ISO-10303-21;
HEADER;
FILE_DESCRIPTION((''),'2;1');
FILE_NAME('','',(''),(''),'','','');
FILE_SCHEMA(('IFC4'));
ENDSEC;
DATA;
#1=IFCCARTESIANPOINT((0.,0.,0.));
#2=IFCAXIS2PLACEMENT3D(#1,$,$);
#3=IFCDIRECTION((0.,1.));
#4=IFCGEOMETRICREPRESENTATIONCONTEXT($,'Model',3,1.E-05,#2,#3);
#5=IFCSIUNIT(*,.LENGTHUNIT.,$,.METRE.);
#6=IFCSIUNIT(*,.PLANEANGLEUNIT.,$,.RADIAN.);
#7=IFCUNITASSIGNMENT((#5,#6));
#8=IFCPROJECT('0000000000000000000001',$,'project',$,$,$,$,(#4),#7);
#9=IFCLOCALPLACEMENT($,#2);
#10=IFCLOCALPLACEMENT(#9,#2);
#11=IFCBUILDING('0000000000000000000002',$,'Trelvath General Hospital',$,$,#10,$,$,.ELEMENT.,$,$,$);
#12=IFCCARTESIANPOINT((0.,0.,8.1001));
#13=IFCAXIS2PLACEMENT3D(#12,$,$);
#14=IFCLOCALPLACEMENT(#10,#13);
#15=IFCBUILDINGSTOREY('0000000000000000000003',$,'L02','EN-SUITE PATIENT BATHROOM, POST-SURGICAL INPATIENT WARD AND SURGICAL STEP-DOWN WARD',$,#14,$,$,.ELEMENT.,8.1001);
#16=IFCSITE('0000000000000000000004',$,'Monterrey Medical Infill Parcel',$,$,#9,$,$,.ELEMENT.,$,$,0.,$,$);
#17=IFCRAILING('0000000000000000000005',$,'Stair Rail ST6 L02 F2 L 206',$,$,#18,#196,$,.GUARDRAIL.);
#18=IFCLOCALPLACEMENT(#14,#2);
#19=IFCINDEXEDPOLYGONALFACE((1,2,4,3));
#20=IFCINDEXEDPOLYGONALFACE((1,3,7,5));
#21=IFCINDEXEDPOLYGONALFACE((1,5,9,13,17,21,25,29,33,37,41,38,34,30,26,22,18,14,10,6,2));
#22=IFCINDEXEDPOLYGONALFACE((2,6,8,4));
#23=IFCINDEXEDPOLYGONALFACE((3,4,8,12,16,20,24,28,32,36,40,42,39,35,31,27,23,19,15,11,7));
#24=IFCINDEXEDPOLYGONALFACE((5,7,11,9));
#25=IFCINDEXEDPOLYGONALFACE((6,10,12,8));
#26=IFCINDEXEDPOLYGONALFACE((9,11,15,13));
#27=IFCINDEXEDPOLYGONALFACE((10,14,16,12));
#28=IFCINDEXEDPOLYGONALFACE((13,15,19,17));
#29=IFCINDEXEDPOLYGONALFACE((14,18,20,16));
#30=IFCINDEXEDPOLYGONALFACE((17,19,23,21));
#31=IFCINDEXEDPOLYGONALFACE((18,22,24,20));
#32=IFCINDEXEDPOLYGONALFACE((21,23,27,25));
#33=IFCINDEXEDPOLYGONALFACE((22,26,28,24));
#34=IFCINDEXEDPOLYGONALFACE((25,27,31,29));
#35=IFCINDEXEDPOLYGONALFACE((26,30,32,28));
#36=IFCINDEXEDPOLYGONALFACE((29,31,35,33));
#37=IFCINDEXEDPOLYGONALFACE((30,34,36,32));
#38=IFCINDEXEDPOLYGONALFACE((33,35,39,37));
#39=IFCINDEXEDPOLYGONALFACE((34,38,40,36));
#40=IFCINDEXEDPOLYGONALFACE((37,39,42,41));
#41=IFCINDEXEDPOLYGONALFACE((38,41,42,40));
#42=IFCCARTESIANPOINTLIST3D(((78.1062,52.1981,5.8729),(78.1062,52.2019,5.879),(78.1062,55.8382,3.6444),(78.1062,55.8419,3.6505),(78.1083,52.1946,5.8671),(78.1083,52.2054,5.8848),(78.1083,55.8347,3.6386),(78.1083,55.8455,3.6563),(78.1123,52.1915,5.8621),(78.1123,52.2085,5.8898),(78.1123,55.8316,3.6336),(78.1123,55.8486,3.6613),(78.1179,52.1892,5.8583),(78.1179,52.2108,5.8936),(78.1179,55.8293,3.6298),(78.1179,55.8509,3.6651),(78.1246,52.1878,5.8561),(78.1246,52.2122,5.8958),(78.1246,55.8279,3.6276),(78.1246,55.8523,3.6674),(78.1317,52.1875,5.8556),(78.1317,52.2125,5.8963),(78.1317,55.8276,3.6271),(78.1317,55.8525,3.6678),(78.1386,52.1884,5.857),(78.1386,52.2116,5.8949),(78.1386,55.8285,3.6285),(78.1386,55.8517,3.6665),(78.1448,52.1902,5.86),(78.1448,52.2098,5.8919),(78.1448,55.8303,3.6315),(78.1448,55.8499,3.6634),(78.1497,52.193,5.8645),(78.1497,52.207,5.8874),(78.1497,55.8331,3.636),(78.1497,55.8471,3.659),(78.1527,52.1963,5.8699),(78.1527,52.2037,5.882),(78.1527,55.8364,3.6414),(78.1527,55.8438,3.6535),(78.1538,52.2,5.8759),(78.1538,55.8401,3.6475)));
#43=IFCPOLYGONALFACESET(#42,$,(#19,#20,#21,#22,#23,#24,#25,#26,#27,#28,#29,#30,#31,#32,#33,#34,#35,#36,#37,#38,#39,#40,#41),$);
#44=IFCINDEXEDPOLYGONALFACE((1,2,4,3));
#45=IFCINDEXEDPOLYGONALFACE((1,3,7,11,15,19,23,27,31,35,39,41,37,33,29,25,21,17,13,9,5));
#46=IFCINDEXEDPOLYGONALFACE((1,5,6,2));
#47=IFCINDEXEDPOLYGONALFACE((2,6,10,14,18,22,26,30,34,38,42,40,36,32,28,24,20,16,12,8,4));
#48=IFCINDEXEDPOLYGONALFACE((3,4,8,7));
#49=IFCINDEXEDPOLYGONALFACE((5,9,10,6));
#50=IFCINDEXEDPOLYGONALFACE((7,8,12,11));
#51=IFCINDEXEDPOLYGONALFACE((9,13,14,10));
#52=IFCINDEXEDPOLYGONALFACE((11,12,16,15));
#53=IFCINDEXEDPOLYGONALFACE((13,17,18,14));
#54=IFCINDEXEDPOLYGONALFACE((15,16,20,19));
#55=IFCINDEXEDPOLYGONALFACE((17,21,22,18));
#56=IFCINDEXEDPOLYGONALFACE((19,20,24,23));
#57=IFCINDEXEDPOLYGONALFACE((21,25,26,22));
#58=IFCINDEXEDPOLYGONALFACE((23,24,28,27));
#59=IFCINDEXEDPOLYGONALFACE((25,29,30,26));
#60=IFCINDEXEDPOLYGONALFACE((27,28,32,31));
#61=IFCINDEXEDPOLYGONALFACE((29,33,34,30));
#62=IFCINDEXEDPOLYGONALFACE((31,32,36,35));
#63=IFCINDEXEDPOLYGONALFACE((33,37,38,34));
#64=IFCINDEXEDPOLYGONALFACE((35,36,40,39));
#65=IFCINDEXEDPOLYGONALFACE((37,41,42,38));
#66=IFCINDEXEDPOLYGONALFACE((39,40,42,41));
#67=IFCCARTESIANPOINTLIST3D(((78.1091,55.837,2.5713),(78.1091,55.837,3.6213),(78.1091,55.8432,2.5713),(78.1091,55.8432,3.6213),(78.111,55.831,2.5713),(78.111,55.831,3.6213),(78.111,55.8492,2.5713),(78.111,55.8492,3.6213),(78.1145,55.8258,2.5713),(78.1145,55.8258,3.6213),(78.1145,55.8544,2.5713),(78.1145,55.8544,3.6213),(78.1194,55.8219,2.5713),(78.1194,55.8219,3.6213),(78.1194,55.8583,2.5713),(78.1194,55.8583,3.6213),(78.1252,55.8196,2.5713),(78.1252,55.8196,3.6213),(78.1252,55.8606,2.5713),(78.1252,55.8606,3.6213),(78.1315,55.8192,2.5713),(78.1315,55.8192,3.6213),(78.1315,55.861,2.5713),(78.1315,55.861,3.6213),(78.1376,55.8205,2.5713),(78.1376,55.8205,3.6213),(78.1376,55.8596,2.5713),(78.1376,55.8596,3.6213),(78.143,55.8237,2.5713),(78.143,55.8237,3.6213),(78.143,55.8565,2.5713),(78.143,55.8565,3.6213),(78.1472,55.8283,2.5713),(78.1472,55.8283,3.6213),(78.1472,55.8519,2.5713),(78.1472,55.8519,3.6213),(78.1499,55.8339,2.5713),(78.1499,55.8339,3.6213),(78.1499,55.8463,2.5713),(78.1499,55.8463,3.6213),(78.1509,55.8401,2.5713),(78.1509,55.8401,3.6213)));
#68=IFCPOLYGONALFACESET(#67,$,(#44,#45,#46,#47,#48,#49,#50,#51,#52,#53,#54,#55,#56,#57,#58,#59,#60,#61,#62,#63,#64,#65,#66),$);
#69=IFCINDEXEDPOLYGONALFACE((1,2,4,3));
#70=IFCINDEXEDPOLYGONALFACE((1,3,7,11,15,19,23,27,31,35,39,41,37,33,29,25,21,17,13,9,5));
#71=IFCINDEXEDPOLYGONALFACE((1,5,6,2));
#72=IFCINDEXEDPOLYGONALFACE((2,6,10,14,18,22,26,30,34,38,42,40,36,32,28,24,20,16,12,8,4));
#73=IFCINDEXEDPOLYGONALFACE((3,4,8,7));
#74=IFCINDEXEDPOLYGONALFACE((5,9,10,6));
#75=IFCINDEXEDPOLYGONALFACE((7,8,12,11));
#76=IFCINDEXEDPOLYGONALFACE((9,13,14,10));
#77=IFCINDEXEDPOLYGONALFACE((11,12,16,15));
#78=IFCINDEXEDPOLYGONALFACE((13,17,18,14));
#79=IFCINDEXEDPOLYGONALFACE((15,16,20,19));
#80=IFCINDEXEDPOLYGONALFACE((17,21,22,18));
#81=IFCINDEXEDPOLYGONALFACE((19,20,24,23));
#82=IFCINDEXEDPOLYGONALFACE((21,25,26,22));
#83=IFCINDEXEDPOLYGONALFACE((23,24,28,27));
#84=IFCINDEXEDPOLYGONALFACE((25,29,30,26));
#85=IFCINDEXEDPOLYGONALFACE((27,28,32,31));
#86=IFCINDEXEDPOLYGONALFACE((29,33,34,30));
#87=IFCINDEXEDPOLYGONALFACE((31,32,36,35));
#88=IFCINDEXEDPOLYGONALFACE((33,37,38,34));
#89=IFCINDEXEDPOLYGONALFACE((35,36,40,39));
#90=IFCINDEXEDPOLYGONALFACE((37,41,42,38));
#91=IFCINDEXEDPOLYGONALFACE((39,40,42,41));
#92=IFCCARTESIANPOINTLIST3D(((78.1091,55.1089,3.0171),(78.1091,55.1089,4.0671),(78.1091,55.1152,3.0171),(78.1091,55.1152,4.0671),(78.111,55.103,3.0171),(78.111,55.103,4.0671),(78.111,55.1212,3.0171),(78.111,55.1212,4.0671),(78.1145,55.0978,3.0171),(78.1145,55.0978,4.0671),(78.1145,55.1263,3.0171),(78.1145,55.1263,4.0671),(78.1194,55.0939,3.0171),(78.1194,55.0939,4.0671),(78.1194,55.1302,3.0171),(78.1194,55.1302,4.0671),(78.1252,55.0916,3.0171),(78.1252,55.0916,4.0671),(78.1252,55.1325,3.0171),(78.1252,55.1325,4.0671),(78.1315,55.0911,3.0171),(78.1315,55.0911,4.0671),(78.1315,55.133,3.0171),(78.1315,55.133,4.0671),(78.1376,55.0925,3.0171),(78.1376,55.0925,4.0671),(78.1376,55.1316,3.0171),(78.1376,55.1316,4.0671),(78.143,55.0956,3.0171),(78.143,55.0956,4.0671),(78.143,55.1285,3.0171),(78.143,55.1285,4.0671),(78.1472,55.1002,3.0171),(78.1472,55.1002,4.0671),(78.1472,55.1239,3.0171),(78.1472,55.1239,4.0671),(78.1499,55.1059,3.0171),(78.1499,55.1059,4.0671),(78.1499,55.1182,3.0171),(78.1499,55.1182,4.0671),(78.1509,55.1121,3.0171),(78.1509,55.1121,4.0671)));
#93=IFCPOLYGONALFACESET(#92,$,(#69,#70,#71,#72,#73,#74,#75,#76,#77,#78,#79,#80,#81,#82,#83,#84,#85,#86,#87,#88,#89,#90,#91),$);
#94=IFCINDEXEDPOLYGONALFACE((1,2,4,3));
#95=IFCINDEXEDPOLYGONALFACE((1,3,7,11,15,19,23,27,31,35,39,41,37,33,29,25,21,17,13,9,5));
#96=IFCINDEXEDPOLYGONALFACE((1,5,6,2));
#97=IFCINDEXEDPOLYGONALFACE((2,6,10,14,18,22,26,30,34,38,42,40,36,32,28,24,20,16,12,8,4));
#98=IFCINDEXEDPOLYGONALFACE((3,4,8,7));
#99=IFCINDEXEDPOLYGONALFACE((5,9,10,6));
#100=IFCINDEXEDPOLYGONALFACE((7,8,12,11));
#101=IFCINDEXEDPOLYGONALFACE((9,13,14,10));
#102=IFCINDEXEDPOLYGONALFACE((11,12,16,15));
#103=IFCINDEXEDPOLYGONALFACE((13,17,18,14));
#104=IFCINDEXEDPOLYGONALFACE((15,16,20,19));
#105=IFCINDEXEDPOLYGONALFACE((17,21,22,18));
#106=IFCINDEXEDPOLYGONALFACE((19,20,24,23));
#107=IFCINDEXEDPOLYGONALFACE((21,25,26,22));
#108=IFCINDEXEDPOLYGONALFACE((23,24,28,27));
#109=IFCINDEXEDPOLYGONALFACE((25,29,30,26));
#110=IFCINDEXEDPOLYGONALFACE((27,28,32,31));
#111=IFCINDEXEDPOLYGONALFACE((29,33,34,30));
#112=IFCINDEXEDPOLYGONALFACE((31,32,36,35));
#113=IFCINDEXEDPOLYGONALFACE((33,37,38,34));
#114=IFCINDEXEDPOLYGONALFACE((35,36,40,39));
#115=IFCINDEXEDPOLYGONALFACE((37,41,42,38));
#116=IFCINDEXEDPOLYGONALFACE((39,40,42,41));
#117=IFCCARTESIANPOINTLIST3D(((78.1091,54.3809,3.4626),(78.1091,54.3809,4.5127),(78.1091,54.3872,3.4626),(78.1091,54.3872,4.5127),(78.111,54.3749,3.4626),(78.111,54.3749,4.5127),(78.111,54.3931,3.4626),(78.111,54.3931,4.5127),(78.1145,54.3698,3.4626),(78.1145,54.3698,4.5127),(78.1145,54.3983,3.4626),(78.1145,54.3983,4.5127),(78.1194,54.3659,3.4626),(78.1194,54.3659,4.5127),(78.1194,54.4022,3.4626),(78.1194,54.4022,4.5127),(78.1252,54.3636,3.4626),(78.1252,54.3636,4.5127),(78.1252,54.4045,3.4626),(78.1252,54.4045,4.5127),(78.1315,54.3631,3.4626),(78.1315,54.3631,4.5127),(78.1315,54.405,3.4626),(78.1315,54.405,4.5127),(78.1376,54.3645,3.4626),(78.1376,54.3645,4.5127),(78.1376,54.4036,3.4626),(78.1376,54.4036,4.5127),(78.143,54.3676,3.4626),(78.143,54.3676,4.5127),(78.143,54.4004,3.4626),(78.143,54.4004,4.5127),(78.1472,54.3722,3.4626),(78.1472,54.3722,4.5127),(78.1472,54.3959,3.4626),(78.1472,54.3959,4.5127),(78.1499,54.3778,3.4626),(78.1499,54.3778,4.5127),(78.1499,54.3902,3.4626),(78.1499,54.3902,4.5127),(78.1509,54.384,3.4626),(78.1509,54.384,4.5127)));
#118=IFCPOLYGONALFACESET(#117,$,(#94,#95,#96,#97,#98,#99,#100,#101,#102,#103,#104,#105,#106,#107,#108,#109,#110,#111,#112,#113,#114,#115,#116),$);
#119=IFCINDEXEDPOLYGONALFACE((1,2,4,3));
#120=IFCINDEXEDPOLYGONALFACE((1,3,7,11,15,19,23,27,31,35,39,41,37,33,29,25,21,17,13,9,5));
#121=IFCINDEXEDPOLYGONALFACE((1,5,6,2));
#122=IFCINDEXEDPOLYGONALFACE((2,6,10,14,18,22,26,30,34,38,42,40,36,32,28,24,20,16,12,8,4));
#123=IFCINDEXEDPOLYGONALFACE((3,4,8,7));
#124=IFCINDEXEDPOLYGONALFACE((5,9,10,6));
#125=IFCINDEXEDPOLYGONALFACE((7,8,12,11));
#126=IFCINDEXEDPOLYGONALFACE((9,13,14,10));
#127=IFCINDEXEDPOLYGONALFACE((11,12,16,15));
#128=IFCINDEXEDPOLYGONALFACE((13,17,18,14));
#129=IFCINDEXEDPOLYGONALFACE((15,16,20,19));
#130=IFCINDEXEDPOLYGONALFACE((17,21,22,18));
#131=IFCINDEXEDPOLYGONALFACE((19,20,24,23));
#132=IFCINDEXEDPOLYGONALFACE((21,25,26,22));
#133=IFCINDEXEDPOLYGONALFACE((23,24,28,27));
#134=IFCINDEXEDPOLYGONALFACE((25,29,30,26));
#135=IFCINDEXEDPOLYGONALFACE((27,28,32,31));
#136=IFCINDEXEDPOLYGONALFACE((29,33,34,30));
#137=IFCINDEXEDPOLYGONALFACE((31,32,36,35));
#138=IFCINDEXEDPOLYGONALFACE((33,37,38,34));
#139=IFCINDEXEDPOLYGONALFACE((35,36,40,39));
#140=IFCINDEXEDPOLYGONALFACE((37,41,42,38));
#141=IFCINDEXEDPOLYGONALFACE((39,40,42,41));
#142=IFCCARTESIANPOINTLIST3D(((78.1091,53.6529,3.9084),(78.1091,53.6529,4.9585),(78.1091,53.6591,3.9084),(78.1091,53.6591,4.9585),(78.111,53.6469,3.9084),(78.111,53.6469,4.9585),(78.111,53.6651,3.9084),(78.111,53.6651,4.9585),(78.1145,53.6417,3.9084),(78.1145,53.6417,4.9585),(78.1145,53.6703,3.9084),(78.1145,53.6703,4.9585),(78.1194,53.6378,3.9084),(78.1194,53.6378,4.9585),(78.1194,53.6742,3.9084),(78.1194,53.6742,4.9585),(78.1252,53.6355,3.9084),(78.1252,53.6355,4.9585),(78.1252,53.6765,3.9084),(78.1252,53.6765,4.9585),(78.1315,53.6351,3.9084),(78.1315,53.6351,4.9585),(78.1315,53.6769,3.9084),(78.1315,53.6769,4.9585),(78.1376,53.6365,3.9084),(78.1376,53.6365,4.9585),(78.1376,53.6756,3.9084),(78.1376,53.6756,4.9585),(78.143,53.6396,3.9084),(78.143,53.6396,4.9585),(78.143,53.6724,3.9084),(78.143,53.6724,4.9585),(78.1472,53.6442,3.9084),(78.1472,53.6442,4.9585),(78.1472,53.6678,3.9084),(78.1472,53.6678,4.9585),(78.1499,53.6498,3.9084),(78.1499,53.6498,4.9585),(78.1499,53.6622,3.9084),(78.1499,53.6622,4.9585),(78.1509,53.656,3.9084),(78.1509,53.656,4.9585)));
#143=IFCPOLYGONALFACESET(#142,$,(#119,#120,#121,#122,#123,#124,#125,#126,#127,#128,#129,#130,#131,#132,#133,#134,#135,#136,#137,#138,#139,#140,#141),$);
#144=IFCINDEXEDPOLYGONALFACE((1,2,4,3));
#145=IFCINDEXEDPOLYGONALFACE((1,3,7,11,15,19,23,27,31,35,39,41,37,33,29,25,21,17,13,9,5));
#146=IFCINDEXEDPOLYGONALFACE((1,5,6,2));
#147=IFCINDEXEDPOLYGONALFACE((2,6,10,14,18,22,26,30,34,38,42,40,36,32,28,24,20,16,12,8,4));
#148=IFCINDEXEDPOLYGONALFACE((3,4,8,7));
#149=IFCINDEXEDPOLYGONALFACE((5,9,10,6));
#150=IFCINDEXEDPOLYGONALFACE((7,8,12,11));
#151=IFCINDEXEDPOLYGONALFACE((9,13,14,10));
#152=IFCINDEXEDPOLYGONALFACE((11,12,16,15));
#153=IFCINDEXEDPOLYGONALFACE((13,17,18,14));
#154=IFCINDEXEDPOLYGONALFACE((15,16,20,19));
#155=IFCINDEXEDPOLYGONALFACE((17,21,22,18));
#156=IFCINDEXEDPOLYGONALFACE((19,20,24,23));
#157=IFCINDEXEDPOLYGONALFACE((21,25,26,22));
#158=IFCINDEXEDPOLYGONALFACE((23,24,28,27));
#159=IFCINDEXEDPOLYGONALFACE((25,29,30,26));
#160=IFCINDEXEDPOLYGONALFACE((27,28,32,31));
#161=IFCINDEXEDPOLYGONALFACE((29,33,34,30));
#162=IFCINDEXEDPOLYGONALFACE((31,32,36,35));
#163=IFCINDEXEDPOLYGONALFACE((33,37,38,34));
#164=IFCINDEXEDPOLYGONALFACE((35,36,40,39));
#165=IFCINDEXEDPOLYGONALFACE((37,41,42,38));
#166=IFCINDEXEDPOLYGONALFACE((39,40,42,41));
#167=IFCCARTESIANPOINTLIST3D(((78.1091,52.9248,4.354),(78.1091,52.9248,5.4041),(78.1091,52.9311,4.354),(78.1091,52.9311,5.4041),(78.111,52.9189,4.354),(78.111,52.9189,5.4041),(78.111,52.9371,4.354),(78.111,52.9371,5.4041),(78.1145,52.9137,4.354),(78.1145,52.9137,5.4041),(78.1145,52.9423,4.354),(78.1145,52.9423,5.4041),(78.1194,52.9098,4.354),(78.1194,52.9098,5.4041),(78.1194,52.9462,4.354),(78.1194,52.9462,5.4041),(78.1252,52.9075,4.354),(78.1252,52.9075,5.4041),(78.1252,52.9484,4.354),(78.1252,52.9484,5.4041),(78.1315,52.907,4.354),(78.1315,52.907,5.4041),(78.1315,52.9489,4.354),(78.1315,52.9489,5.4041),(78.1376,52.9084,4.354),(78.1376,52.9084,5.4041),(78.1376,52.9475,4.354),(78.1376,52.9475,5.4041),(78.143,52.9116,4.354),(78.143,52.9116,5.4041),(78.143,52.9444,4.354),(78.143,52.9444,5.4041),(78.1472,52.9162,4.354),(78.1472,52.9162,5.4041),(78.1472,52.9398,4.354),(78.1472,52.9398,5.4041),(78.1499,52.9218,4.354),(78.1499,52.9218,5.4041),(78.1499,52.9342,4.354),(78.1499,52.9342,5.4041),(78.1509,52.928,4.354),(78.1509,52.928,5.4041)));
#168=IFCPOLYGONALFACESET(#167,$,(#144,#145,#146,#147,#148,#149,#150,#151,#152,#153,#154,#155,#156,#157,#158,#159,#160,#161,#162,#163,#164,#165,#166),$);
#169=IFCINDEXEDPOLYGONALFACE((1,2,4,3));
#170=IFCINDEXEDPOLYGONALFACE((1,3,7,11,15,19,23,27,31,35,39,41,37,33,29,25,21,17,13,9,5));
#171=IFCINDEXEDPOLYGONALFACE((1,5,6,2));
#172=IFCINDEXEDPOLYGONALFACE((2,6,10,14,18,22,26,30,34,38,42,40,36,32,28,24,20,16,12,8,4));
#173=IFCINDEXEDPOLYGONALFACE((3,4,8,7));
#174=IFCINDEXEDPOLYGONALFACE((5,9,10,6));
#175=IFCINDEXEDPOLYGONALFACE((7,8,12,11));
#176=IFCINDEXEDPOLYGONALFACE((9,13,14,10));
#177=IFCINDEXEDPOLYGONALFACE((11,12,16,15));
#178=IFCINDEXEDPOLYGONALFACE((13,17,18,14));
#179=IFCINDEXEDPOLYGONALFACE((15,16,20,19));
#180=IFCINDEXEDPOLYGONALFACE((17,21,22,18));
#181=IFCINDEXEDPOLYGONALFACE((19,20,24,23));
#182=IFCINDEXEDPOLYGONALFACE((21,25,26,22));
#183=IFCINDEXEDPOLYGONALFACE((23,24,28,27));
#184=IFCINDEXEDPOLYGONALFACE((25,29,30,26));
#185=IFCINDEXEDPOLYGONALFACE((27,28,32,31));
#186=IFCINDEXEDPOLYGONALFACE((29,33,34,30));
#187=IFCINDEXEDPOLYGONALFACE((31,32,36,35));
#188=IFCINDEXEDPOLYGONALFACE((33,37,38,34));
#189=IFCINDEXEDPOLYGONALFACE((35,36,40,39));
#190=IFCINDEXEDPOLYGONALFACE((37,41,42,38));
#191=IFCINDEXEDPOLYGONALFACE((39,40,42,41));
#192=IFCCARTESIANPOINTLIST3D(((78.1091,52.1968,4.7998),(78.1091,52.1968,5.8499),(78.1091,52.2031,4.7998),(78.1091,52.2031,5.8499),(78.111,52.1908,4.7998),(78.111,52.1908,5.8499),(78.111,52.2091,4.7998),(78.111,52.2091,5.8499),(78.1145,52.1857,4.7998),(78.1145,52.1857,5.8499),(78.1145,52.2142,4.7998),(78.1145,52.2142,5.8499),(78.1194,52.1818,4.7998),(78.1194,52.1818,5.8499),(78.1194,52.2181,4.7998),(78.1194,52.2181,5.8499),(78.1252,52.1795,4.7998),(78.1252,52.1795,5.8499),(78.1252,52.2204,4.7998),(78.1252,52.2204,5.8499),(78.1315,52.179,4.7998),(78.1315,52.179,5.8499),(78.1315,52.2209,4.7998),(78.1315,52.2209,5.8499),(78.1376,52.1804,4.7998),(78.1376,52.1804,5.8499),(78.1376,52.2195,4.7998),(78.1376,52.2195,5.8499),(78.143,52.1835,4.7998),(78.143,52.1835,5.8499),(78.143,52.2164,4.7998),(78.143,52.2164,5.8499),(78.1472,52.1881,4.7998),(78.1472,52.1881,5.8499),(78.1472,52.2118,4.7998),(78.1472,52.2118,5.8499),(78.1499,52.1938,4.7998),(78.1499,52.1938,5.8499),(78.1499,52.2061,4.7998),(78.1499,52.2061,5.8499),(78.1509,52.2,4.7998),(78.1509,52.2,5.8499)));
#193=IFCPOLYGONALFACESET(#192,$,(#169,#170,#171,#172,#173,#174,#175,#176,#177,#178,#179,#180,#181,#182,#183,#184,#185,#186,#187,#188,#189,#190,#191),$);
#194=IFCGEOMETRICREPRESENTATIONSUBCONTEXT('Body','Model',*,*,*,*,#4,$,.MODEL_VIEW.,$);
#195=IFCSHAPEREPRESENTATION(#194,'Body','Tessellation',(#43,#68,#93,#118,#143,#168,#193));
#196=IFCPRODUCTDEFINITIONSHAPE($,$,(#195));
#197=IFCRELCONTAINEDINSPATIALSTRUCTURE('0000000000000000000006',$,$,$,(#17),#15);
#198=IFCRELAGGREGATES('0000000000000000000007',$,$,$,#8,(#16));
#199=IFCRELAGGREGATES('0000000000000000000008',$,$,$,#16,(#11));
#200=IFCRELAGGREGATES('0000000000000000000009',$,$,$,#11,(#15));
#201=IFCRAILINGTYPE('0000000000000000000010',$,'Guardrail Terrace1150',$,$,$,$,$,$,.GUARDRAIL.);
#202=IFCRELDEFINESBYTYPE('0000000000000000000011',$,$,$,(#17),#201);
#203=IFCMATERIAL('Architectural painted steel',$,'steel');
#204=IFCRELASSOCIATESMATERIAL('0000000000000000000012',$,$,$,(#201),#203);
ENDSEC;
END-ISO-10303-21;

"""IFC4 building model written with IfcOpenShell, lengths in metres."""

from ifc_helpers import new_model, si_unit, direction, frame, origin, origin_2d, place, context, subcontext, project, spatial, circle, extrude, material, type_object, element, save


model = new_model("IFC4")

# Units and contexts
model_context = context("Model", 3, precision=1e-05, world=origin(), true_north=direction((0.0, 1.0)))
body_context = subcontext(model_context, "Body", "Model", "MODEL_VIEW")
ifc_project = project(units=[si_unit("LENGTHUNIT", "METRE"), si_unit("PLANEANGLEUNIT", "RADIAN")], contexts=[model_context])

# Site, building, storey
site_placement = place(None, origin())
site = spatial("IfcSite", under=ifc_project, at=site_placement, Name="Monterrey Medical Infill Parcel", CompositionType="ELEMENT", RefElevation=0.0)
building_placement = place(site_placement, origin())
building = spatial("IfcBuilding", under=site, at=building_placement, Name="Trelvath General Hospital", CompositionType="ELEMENT")
storey_placement = place(building_placement, frame((0.0, 0.0, 8.1001)))
storey = spatial("IfcBuildingStorey", under=building, at=storey_placement, Name="L02", Description="EN-SUITE PATIENT BATHROOM, POST-SURGICAL INPATIENT WARD AND SURGICAL STEP-DOWN WARD", CompositionType="ELEMENT", Elevation=8.1001)

# Railing
ifc_material_1 = material(Name="Architectural painted steel", Category="steel")
railing_type_1 = type_object("IfcRailingType", Name="Guardrail Terrace1150", PredefinedType="GUARDRAIL", material=ifc_material_1)
railing_1_placement = place(storey_placement, frame((78.1299, 55.8401, 2.5713)))
element("IfcRailing", 1, at=railing_1_placement, inside=storey, type_object=railing_type_1, Name="Stair Rail ST6 L02 F2 L 206", PredefinedType="GUARDRAIL", context=body_context, shape_type="SweptSolid", body=[
    extrude(circle(Radius=0.0239, at=origin_2d()), frame((0.0, 0.0, 1.0762), z_axis=(0.0, -0.852866, 0.52213), x_axis=(1.0, 0.0, 0.0)), (0.0, 0.0, 1.0), 4.2681),
    extrude(circle(Radius=0.021, at=origin_2d()), origin(), (0.0, 0.0, 1.0), 1.05),
    extrude(circle(Radius=0.021, at=origin_2d()), frame((0.0, -0.728, 0.4458)), (0.0, 0.0, 1.0), 1.05),
    extrude(circle(Radius=0.021, at=origin_2d()), frame((0.0, -1.4561, 0.8914)), (0.0, 0.0, 1.0), 1.05),
    extrude(circle(Radius=0.021, at=origin_2d()), frame((0.0, -2.1841, 1.3372)), (0.0, 0.0, 1.0), 1.05),
    extrude(circle(Radius=0.021, at=origin_2d()), frame((0.0, -2.9121, 1.7827)), (0.0, 0.0, 1.0), 1.05),
    extrude(circle(Radius=0.021, at=origin_2d()), frame((0.0, -3.6401, 2.2285)), (0.0, 0.0, 1.0), 1.05),
])

save(model, "model.ifc")
